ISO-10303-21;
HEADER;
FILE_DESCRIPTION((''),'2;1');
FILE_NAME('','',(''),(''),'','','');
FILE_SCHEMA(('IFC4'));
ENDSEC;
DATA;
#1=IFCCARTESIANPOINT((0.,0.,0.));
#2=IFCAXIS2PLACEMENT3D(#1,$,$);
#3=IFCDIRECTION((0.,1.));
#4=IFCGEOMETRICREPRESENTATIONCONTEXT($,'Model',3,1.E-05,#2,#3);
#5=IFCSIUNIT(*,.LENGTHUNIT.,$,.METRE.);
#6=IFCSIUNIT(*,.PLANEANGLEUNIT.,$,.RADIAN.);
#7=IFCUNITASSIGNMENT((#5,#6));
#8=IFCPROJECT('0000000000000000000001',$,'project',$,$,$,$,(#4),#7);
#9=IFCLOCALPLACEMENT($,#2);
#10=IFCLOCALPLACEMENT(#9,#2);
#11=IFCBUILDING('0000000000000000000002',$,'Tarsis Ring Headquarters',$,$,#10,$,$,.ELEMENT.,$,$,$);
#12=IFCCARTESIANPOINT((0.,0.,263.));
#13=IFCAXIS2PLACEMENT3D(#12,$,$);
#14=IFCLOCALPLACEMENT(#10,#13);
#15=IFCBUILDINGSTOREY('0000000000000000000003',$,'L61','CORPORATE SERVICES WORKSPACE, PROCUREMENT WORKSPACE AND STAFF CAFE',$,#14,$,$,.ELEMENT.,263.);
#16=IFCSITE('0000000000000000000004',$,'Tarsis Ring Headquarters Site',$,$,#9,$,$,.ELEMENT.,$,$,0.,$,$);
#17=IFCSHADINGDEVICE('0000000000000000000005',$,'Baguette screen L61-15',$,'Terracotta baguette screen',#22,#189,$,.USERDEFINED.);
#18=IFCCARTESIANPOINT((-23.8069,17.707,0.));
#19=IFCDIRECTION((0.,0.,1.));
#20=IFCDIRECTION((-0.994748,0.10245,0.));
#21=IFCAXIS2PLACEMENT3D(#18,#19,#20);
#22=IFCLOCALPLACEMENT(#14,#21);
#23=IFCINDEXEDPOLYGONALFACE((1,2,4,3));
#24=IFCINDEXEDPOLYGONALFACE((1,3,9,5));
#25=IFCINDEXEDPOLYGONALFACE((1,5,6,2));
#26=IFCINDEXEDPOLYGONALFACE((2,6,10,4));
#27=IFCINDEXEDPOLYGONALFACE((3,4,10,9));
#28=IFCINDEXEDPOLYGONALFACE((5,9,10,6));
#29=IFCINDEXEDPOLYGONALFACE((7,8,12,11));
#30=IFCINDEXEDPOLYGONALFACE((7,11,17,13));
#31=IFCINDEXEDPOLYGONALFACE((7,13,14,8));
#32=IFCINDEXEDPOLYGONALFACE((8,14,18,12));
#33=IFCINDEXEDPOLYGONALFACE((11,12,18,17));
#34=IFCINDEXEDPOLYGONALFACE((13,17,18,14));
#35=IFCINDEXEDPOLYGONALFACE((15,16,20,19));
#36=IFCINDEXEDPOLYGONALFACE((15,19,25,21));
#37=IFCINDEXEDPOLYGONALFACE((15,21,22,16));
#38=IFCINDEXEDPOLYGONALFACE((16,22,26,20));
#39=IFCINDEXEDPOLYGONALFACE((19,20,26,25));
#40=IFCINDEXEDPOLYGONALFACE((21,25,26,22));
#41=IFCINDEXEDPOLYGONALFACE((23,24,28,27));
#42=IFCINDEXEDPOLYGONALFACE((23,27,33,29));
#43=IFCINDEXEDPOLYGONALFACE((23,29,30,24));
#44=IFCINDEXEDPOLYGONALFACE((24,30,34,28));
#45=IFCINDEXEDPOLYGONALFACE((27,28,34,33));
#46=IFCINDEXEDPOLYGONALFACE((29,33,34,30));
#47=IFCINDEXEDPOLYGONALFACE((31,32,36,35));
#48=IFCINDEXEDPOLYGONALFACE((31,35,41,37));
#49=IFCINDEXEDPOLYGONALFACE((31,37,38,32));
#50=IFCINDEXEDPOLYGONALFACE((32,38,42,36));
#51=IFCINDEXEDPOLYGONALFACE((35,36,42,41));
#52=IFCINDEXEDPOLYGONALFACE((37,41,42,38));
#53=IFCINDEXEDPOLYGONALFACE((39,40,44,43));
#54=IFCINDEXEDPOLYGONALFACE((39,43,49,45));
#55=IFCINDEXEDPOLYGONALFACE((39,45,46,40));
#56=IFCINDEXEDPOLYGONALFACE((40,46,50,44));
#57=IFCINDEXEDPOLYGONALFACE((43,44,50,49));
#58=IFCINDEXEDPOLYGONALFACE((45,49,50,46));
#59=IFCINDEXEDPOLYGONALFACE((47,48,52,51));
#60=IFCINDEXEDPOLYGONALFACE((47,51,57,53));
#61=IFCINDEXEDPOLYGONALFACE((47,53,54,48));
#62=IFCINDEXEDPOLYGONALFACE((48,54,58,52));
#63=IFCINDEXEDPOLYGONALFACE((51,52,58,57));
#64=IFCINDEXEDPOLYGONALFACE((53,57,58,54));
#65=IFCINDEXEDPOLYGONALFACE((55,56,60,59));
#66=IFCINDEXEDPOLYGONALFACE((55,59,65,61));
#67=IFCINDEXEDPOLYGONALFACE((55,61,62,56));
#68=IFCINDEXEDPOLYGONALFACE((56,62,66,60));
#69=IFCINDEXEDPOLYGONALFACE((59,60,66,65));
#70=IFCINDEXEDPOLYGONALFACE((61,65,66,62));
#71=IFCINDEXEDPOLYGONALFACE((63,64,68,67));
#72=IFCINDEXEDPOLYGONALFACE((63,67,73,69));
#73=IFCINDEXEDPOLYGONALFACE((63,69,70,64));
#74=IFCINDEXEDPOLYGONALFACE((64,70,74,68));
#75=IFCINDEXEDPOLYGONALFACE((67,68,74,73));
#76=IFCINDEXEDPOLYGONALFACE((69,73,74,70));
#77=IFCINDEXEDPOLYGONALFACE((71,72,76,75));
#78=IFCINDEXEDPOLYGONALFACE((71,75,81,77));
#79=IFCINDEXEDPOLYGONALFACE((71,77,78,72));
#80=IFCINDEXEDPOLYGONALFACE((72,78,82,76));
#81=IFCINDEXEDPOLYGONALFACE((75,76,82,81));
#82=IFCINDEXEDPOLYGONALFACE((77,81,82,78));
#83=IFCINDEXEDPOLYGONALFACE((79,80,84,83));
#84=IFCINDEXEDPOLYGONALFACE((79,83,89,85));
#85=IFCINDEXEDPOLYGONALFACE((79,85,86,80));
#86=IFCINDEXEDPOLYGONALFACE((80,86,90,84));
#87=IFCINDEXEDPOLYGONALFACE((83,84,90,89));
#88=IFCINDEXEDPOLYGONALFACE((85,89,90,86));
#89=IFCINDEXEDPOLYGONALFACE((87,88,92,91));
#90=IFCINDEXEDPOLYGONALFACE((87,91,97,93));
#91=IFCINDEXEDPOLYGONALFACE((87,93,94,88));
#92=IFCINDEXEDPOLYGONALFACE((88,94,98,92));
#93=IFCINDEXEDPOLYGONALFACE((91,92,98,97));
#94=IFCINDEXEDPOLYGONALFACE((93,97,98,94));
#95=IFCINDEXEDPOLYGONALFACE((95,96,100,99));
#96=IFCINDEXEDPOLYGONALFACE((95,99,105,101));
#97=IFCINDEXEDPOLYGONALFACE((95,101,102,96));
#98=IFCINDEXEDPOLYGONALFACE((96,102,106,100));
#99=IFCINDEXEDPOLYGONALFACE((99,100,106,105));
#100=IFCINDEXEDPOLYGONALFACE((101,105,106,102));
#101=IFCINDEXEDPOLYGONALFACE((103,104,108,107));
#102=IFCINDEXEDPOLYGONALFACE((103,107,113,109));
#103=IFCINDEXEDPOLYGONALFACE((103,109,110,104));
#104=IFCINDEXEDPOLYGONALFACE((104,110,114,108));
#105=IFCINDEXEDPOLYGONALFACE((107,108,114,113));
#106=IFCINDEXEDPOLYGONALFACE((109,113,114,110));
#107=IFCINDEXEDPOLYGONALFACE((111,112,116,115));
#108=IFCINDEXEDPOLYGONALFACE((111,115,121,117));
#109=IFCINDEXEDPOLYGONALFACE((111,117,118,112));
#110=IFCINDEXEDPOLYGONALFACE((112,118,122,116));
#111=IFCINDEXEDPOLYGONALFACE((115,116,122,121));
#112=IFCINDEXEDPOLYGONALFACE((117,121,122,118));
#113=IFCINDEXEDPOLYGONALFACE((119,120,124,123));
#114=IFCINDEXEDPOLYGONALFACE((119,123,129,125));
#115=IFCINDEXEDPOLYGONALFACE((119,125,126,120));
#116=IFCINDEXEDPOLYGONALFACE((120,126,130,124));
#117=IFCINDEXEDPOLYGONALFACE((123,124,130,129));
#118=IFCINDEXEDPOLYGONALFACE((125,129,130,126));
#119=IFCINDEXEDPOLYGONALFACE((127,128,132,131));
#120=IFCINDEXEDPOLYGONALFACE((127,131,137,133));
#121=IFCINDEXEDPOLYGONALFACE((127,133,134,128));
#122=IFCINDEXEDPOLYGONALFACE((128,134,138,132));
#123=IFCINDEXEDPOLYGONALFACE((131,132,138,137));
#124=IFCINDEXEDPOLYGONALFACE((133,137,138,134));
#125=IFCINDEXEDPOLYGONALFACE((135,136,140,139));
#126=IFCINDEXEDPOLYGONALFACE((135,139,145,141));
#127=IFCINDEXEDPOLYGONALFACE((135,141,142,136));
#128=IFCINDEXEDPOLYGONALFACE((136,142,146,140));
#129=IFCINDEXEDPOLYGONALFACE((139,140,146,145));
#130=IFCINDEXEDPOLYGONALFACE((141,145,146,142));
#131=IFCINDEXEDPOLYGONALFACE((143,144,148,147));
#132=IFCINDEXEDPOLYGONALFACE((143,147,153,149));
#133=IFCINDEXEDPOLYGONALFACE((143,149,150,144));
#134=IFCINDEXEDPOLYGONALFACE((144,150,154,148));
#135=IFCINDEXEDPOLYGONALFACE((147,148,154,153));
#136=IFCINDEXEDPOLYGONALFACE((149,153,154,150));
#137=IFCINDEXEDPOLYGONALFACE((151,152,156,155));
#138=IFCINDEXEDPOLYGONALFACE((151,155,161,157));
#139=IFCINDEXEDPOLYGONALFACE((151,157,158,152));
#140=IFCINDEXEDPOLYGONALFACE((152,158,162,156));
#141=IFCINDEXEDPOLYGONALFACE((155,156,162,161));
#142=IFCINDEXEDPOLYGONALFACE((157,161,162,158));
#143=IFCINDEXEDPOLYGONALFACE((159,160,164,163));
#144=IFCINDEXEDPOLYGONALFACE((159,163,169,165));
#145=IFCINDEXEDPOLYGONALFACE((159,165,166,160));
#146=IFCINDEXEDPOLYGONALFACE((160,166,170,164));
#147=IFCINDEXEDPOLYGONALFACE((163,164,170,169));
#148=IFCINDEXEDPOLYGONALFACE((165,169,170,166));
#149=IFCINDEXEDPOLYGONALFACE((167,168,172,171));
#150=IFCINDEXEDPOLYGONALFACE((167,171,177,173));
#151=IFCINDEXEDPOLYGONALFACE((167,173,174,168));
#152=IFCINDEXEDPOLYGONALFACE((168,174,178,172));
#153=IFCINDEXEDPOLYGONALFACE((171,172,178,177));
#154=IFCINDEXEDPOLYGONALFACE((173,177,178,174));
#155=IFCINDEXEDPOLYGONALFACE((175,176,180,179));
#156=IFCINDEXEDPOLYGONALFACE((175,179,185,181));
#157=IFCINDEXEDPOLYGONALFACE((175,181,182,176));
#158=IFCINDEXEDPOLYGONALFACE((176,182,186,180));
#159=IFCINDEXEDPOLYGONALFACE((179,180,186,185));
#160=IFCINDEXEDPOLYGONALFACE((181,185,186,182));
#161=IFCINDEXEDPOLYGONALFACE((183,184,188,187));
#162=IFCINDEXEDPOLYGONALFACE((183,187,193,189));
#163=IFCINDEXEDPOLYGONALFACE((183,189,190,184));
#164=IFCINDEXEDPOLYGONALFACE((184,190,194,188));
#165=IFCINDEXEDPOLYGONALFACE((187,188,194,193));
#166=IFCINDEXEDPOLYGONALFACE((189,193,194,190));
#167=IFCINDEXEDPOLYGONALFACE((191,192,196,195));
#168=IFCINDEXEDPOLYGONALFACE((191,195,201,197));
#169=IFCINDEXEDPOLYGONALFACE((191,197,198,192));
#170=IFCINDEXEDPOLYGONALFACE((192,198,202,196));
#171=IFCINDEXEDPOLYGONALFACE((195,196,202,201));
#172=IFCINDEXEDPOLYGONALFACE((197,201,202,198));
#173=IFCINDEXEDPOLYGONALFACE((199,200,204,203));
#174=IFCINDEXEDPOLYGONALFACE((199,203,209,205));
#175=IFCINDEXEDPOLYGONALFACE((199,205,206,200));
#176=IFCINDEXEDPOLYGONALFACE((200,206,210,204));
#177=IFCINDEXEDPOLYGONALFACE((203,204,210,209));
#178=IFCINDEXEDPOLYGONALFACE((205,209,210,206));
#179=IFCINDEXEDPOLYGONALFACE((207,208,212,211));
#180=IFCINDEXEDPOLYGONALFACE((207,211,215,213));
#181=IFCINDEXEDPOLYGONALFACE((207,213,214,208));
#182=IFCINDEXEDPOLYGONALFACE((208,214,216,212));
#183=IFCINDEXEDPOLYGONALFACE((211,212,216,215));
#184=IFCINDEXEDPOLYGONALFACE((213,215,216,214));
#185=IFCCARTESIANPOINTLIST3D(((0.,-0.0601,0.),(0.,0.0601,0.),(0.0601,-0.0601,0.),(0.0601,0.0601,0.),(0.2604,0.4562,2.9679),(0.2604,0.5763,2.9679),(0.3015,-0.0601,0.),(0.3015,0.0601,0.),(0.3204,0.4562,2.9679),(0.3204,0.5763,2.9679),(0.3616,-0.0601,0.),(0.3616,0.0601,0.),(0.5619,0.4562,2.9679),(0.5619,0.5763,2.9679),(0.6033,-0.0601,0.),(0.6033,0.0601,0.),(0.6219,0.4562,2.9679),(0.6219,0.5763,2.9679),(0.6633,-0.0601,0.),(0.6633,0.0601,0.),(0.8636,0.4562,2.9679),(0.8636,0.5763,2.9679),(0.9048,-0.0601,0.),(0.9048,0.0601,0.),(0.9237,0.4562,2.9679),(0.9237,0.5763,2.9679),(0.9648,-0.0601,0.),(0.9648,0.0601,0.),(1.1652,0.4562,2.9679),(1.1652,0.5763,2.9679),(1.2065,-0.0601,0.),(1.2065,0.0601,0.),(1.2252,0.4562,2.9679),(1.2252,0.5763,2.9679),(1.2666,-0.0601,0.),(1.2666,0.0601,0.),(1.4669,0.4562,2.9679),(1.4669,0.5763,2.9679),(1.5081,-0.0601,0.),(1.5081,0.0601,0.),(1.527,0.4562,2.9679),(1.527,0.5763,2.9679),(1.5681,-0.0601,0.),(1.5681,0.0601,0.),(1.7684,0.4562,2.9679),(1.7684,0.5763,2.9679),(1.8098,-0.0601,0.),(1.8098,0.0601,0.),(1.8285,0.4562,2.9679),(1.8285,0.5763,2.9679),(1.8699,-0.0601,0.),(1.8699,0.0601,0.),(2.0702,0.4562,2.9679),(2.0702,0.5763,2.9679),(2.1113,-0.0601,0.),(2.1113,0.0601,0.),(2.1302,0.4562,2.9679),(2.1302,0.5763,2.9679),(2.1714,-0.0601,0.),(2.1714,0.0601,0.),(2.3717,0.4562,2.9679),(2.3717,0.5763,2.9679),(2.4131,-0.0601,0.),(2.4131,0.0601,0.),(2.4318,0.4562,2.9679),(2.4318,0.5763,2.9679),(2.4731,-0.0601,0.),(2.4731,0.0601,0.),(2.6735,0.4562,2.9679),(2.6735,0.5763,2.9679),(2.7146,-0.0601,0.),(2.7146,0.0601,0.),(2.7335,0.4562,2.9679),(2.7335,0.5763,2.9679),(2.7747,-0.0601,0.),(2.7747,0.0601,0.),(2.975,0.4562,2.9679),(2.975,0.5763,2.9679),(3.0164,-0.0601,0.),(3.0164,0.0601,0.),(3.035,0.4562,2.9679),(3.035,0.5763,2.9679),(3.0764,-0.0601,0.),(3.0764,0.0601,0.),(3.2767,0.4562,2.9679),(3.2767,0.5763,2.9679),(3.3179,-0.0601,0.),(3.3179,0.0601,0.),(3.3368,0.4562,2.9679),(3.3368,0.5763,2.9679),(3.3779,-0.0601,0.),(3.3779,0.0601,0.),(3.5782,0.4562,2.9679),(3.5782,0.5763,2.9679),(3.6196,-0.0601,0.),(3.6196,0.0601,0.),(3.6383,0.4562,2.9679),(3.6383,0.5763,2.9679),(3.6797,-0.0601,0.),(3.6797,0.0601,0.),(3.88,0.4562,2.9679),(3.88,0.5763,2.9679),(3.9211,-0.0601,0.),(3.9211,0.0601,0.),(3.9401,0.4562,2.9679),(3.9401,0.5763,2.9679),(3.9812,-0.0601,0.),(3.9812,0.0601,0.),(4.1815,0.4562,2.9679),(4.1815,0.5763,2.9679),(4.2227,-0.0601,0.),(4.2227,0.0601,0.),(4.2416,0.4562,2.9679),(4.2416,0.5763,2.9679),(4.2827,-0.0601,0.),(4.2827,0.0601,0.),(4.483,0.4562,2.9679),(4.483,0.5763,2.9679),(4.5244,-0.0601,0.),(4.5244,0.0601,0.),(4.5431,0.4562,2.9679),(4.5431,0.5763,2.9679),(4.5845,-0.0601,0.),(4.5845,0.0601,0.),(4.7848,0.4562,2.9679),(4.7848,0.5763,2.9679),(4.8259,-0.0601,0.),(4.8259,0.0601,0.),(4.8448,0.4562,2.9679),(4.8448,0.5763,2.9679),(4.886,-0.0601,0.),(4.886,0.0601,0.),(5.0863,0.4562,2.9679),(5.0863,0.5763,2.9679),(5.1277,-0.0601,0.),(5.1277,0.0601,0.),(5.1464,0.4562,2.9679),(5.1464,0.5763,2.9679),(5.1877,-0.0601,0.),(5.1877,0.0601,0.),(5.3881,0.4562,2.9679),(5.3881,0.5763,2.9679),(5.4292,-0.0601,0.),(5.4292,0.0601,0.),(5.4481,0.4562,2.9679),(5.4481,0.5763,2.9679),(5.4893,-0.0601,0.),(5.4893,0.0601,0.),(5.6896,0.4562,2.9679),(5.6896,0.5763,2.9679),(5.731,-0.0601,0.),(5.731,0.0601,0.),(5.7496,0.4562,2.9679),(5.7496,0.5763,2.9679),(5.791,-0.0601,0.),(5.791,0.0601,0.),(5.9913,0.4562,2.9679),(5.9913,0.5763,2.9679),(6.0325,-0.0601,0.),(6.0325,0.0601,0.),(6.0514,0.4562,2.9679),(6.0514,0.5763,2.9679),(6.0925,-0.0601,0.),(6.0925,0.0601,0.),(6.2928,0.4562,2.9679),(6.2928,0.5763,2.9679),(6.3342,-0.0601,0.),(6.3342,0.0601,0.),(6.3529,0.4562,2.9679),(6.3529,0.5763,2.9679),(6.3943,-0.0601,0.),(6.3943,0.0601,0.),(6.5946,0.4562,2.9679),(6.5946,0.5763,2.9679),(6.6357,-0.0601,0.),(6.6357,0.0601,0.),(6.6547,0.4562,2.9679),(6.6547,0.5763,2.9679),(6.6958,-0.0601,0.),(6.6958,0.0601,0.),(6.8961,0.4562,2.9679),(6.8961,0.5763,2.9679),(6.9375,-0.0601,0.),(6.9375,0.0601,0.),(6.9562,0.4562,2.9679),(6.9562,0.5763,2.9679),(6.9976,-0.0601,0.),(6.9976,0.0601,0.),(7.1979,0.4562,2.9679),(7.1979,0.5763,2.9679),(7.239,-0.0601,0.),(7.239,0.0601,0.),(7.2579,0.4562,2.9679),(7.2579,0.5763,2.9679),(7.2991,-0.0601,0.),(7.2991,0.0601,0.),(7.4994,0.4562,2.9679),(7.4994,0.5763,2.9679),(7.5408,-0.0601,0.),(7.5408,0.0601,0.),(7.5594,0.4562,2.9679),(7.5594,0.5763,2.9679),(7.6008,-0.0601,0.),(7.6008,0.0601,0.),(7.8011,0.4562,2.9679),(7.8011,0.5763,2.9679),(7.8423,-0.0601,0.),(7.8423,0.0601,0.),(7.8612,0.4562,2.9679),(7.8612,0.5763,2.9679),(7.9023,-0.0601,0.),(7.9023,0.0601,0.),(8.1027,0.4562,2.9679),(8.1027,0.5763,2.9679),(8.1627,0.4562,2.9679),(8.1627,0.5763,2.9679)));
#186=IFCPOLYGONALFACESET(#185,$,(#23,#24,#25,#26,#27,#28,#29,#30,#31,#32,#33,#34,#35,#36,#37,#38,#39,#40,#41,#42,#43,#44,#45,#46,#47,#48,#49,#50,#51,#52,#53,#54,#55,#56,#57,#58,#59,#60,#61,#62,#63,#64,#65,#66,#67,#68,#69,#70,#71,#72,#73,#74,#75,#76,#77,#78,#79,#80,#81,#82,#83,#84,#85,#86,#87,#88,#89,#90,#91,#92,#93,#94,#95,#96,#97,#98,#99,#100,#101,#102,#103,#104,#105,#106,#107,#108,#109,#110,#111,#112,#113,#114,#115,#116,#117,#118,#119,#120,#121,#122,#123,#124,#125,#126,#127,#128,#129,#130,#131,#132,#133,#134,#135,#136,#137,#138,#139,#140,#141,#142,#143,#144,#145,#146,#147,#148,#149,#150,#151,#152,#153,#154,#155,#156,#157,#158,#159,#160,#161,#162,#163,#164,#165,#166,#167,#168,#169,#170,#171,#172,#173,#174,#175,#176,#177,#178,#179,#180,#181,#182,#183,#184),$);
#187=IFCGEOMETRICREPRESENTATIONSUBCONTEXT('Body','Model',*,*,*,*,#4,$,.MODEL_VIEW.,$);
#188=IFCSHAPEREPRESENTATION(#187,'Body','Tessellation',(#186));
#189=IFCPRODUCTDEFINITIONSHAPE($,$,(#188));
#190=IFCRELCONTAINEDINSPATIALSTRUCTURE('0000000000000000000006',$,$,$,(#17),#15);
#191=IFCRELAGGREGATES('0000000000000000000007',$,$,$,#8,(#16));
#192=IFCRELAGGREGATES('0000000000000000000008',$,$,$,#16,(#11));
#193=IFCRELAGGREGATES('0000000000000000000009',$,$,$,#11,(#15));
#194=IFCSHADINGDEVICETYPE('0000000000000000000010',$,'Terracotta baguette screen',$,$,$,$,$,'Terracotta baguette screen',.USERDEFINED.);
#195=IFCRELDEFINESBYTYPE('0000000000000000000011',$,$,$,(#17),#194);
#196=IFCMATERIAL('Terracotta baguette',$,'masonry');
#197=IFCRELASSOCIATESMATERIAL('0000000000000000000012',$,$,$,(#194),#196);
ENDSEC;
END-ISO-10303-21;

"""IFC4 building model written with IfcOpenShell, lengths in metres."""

from ifc_helpers import new_model, si_unit, direction, frame, frame_2d, origin, place, context, subcontext, project, spatial, rectangle, composite_profile, extrude, material, type_object, element, save


model = new_model("IFC4")

# Units and contexts
model_context = context("Model", 3, precision=1e-05, world=origin(), true_north=direction((0.0, 1.0)))
body_context = subcontext(model_context, "Body", "Model", "MODEL_VIEW")
ifc_project = project(units=[si_unit("LENGTHUNIT", "METRE"), si_unit("PLANEANGLEUNIT", "RADIAN")], contexts=[model_context])

# Site, building, storey
site_placement = place(None, origin())
site = spatial("IfcSite", under=ifc_project, at=site_placement, Name="Tarsis Ring Headquarters Site", CompositionType="ELEMENT", RefElevation=0.0)
building_placement = place(site_placement, origin())
building = spatial("IfcBuilding", under=site, at=building_placement, Name="Tarsis Ring Headquarters", CompositionType="ELEMENT")
storey_placement = place(building_placement, frame((0.0, 0.0, 263.0)))
storey = spatial("IfcBuildingStorey", under=building, at=storey_placement, Name="L61", Description="CORPORATE SERVICES WORKSPACE, PROCUREMENT WORKSPACE AND STAFF CAFE", CompositionType="ELEMENT", Elevation=263.0)

# Shading device
ifc_material_1 = material(Name="Terracotta baguette", Category="masonry")
shading_device_type = type_object("IfcShadingDeviceType", Name="Terracotta baguette screen", ElementType="Terracotta baguette screen", PredefinedType="USERDEFINED", material=ifc_material_1)
shading_device_1_placement = place(storey_placement, frame((-23.8069, 17.707, 0.0), z_axis=(0.0, 0.0, 1.0), x_axis=(-0.994748, 0.10245, 0.0)))
element("IfcShadingDevice", 1, at=shading_device_1_placement, inside=storey, type_object=shading_device_type, Name="Baguette screen L61-15", ObjectType="Terracotta baguette screen", PredefinedType="USERDEFINED", context=body_context, shape_type="SweptSolid", body=[
    extrude(composite_profile([rectangle(XDim=0.0601, YDim=0.1201, at=frame_2d((0.03, 0.0))), rectangle(XDim=0.0601, YDim=0.1201, at=frame_2d((0.3315, 0.0))), rectangle(XDim=0.0601, YDim=0.1201, at=frame_2d((0.6333, 0.0))), rectangle(XDim=0.0601, YDim=0.1201, at=frame_2d((0.9348, 0.0))), rectangle(XDim=0.0601, YDim=0.1201, at=frame_2d((1.2366, 0.0))), rectangle(XDim=0.0601, YDim=0.1201, at=frame_2d((1.5381, 0.0))), rectangle(XDim=0.0601, YDim=0.1201, at=frame_2d((1.8398, 0.0))), rectangle(XDim=0.0601, YDim=0.1201, at=frame_2d((2.1414, 0.0))), rectangle(XDim=0.0601, YDim=0.1201, at=frame_2d((2.4431, 0.0))), rectangle(XDim=0.0601, YDim=0.1201, at=frame_2d((2.7446, 0.0))), rectangle(XDim=0.0601, YDim=0.1201, at=frame_2d((3.0464, 0.0))), rectangle(XDim=0.0601, YDim=0.1201, at=frame_2d((3.3479, 0.0))), rectangle(XDim=0.0601, YDim=0.1201, at=frame_2d((3.6497, 0.0))), rectangle(XDim=0.0601, YDim=0.1201, at=frame_2d((3.9512, 0.0))), rectangle(XDim=0.0601, YDim=0.1201, at=frame_2d((4.2527, 0.0))), rectangle(XDim=0.0601, YDim=0.1201, at=frame_2d((4.5544, 0.0))), rectangle(XDim=0.0601, YDim=0.1201, at=frame_2d((4.856, 0.0))), rectangle(XDim=0.0601, YDim=0.1201, at=frame_2d((5.1577, 0.0))), rectangle(XDim=0.0601, YDim=0.1201, at=frame_2d((5.4592, 0.0))), rectangle(XDim=0.0601, YDim=0.1201, at=frame_2d((5.761, 0.0))), rectangle(XDim=0.0601, YDim=0.1201, at=frame_2d((6.0625, 0.0))), rectangle(XDim=0.0601, YDim=0.1201, at=frame_2d((6.3643, 0.0))), rectangle(XDim=0.0601, YDim=0.1201, at=frame_2d((6.6658, 0.0))), rectangle(XDim=0.0601, YDim=0.1201, at=frame_2d((6.9675, 0.0))), rectangle(XDim=0.0601, YDim=0.1201, at=frame_2d((7.269, 0.0))), rectangle(XDim=0.0601, YDim=0.1201, at=frame_2d((7.5708, 0.0))), rectangle(XDim=0.0601, YDim=0.1201, at=frame_2d((7.8723, 0.0)))]), origin(), (0.086109, 0.170736, 0.981547), 3.0237),
])

save(model, "model.ifc")
